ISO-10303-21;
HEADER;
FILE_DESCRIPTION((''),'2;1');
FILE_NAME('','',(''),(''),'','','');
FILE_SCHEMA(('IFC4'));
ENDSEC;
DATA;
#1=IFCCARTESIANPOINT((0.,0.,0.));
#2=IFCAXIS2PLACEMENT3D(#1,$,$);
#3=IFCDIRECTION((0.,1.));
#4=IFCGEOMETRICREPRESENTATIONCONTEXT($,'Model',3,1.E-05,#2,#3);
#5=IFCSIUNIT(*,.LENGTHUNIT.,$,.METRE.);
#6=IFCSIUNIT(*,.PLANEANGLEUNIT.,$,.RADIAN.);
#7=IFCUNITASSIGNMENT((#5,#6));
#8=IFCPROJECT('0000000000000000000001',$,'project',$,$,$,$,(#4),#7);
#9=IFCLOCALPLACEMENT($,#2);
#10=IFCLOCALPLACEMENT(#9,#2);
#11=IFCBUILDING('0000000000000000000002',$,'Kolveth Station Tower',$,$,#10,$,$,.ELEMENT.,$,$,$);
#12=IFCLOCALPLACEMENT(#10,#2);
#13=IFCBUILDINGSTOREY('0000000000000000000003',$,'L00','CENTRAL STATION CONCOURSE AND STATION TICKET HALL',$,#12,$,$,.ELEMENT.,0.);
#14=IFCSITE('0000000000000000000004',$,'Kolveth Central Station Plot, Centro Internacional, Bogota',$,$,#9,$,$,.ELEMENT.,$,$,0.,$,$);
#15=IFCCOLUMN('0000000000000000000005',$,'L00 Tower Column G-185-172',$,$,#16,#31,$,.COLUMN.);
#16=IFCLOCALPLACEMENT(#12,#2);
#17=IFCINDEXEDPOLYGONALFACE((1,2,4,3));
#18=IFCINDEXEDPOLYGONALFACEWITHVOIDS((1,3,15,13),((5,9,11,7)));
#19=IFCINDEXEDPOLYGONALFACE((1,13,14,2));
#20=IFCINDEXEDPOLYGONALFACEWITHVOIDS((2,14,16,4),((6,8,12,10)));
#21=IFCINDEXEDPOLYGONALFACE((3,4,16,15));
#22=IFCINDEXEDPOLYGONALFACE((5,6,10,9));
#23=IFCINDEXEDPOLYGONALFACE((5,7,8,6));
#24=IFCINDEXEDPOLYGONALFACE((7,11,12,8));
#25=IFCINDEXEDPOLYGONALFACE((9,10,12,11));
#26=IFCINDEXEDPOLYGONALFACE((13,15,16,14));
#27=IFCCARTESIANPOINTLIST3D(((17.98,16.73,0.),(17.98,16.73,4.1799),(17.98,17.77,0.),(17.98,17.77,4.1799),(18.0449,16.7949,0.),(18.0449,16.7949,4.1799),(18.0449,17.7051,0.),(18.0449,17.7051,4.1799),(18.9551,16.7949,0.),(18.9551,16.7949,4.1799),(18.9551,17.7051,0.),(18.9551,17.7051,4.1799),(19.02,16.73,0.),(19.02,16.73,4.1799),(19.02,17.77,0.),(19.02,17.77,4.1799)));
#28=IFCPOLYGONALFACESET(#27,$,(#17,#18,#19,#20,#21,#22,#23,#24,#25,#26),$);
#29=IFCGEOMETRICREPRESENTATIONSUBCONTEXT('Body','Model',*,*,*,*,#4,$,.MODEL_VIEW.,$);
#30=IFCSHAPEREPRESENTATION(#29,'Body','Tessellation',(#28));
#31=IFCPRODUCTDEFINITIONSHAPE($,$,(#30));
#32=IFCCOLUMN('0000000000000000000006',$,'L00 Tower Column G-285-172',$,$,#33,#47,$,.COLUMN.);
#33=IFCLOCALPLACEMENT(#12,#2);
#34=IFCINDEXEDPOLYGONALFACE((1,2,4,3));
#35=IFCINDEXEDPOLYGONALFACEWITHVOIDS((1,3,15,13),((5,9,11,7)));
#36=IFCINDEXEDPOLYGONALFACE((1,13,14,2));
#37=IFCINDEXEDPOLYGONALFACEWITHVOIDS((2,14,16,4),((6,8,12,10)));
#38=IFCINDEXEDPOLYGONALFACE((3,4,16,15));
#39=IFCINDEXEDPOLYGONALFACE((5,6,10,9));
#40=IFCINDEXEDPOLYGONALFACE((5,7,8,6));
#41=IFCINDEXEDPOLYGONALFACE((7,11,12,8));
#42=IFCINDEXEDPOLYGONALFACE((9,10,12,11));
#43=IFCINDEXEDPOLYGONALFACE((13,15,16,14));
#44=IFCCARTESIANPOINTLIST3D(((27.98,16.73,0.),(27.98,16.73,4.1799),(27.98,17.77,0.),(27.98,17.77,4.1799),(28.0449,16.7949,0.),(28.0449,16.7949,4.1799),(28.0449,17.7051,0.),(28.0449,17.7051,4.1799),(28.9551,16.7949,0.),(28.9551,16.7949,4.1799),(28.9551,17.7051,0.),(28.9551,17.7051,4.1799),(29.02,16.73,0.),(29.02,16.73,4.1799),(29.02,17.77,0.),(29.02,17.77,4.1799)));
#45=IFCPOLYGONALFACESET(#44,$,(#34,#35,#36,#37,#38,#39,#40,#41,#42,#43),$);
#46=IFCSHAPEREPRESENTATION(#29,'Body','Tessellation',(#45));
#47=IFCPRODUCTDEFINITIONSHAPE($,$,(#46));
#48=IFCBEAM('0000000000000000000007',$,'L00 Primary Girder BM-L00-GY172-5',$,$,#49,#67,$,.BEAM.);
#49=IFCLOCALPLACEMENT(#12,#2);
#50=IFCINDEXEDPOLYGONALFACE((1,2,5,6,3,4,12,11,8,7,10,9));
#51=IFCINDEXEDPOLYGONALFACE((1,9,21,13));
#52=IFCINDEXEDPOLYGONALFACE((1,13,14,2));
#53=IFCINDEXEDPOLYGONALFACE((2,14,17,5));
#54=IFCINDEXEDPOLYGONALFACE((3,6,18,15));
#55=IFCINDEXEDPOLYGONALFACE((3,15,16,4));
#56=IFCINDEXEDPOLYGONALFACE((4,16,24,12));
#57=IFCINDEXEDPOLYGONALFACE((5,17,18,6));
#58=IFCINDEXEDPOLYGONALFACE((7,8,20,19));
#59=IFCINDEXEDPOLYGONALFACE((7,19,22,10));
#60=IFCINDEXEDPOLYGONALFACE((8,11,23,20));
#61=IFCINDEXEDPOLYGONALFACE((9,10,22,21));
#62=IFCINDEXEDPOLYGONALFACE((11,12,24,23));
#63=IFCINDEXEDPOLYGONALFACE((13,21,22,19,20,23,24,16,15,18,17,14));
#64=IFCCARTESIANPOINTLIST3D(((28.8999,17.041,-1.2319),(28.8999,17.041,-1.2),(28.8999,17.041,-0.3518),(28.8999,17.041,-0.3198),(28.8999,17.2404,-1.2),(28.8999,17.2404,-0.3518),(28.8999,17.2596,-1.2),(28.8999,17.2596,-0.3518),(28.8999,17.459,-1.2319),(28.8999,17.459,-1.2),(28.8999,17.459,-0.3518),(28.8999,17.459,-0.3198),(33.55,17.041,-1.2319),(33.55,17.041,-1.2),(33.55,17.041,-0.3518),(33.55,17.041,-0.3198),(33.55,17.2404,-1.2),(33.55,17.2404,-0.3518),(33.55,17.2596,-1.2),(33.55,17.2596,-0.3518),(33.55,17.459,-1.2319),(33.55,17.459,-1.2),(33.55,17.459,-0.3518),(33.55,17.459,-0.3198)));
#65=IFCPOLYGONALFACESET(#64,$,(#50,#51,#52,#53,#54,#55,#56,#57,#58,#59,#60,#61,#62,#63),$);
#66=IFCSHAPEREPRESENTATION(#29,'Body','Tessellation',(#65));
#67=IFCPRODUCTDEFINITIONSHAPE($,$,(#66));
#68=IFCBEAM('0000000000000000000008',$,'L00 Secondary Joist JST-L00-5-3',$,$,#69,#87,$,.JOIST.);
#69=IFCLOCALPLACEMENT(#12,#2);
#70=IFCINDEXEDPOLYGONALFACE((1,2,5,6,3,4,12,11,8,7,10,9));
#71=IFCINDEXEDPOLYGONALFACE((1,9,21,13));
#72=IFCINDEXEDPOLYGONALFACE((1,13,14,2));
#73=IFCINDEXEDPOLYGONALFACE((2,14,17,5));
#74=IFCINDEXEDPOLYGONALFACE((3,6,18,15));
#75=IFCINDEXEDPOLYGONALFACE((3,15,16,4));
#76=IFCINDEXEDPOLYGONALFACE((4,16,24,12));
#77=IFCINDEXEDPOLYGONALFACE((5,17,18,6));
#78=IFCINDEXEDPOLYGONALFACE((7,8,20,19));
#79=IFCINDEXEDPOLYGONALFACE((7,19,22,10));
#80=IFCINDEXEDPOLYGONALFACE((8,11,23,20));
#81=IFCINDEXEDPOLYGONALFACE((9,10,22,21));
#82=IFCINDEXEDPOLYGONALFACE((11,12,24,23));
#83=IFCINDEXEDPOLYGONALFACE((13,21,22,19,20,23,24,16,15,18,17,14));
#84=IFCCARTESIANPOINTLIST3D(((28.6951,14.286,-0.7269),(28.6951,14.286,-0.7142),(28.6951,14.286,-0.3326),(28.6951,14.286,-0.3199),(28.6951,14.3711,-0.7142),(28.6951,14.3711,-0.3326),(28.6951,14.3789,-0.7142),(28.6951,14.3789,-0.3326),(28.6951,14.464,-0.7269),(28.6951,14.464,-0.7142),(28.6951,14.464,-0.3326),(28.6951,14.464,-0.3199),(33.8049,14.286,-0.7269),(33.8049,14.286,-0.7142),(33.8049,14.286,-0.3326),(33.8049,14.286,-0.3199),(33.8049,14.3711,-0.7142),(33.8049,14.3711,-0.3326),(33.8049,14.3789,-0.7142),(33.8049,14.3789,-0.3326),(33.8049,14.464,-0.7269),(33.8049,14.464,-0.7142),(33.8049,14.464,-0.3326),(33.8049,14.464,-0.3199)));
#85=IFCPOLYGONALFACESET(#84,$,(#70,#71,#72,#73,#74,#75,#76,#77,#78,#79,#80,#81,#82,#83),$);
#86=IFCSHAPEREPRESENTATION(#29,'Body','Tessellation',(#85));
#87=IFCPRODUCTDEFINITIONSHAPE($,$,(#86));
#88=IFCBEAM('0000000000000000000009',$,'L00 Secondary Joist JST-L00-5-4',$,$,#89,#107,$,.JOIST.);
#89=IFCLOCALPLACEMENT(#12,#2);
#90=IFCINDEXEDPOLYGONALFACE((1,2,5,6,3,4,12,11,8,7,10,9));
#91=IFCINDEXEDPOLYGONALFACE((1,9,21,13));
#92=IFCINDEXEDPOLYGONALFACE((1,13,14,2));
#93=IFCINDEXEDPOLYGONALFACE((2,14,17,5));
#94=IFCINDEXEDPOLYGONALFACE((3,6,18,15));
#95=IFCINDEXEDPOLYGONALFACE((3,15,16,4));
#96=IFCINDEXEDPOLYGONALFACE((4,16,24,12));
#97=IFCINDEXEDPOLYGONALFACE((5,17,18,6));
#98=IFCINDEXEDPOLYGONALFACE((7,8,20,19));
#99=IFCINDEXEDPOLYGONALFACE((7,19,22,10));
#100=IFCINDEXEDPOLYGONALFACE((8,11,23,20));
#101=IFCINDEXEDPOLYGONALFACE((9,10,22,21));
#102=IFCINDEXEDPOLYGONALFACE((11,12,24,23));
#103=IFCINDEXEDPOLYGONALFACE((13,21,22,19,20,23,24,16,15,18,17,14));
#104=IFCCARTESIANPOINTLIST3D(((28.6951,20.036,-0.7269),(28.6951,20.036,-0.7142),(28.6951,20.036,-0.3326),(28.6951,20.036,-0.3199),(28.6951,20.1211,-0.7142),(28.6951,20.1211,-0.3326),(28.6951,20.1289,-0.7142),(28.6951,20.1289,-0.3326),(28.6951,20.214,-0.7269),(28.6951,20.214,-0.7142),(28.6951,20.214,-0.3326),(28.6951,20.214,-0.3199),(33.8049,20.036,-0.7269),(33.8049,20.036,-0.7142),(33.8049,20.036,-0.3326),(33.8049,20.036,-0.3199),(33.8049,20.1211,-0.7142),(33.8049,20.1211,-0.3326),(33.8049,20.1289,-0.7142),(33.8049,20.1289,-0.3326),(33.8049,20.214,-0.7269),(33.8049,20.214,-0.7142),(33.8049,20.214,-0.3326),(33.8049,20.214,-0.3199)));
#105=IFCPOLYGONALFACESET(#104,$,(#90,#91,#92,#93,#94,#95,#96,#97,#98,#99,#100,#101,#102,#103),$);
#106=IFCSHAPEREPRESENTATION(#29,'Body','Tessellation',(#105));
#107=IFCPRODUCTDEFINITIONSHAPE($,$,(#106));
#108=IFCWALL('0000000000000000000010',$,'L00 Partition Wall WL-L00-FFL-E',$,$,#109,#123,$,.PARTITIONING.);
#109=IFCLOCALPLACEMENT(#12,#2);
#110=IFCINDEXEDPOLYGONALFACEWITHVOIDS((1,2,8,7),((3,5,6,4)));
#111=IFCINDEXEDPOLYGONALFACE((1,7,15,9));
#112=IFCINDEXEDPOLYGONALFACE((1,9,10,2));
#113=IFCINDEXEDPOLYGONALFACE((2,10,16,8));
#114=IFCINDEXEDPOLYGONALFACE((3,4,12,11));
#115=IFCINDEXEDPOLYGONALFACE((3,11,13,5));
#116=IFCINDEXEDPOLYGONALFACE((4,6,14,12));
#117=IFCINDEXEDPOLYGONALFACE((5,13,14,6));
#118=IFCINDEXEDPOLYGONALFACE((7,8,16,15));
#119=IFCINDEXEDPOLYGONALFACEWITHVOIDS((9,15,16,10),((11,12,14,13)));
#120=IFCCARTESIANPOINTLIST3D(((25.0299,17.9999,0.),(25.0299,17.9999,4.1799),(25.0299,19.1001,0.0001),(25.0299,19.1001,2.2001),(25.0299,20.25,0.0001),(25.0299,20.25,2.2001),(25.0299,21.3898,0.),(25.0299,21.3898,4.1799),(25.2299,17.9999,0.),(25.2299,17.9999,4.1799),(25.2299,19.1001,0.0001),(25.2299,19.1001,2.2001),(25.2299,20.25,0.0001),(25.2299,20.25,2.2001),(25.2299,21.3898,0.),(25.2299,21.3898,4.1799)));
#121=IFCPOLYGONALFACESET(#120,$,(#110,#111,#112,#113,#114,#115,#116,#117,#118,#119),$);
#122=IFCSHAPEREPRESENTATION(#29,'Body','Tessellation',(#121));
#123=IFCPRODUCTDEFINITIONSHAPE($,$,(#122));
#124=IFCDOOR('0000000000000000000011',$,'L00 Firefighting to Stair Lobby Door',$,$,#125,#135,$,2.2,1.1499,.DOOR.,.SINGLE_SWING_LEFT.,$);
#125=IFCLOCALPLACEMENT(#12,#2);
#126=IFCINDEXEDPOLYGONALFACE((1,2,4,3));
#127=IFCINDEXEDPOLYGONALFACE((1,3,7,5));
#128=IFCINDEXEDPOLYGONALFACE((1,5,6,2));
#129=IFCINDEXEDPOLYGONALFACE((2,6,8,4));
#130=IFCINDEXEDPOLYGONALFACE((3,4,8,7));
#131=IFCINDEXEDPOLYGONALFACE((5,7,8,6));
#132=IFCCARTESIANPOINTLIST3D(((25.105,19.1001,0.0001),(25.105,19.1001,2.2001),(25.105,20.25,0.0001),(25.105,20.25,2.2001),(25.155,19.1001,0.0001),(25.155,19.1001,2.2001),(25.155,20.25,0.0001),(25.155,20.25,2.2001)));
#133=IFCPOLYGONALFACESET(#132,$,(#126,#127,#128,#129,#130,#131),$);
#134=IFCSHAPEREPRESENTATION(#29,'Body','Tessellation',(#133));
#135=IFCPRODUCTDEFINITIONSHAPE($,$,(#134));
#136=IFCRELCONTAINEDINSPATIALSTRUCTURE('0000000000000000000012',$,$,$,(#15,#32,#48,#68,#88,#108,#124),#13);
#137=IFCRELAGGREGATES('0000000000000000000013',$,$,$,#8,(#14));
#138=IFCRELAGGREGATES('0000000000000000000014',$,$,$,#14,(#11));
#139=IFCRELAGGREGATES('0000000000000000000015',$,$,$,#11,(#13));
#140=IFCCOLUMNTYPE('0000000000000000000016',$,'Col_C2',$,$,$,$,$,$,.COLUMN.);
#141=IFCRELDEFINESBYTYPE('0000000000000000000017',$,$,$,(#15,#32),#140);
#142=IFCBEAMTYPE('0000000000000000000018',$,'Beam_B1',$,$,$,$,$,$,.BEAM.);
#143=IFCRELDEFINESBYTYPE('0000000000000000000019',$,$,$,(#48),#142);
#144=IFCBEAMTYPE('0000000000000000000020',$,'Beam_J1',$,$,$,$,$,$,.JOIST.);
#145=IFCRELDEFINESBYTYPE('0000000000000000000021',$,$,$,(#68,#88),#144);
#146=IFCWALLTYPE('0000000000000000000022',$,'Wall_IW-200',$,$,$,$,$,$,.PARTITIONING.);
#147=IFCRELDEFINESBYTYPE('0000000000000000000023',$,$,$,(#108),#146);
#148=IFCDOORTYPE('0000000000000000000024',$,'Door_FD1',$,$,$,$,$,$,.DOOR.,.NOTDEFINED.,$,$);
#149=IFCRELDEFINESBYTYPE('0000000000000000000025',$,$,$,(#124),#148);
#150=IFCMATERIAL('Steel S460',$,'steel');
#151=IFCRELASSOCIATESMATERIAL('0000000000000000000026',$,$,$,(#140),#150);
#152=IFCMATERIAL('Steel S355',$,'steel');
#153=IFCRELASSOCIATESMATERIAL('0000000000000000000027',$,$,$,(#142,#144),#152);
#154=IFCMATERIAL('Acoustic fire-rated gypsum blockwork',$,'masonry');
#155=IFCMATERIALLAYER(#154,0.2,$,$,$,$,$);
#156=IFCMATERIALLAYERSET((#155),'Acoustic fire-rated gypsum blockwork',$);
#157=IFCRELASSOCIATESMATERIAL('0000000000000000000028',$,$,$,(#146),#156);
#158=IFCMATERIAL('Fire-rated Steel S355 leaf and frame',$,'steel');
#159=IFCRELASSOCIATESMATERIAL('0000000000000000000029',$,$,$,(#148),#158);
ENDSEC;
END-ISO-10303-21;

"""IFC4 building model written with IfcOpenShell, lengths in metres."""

from ifc_helpers import new_model, si_unit, direction, frame, frame_2d, origin, origin_2d, place, context, subcontext, project, spatial, rectangle, hollow_rectangle, i_section, extrude, source, transform, mapped, material, layer, layer_set, material_profile, profile_set, type_object, element, fill, save


model = new_model("IFC4")

# Units and contexts
model_context = context("Model", 3, precision=1e-05, world=origin(), true_north=direction((0.0, 1.0)))
body_context = subcontext(model_context, "Body", "Model", "MODEL_VIEW")
ifc_project = project(units=[si_unit("LENGTHUNIT", "METRE"), si_unit("PLANEANGLEUNIT", "RADIAN")], contexts=[model_context])

# Site, building, storey
site_placement = place(None, origin())
site = spatial("IfcSite", under=ifc_project, at=site_placement, Name="Kolveth Central Station Plot, Centro Internacional, Bogota", CompositionType="ELEMENT", RefElevation=0.0)
building_placement = place(site_placement, origin())
building = spatial("IfcBuilding", under=site, at=building_placement, Name="Kolveth Station Tower", CompositionType="ELEMENT")
storey_placement = place(building_placement, origin())
storey = spatial("IfcBuildingStorey", under=building, at=storey_placement, Name="L00", Description="CENTRAL STATION CONCOURSE AND STATION TICKET HALL", CompositionType="ELEMENT", Elevation=0.0)

# Columns
ifc_material_1 = material(Name="Steel S460", Category="steel")
ifc_material_profile_1 = material_profile(ifc_material_1, hollow_rectangle(XDim=1.04, YDim=1.04, WallThickness=0.0649, at=origin_2d()), Name="BOX1040x1040x65")
ifc_profile_set_1 = profile_set([ifc_material_profile_1], Name="Steel S460")
column_type = type_object("IfcColumnType", Name="Col_C2", PredefinedType="COLUMN", material=ifc_profile_set_1)
shared_shape_1 = source(origin(), body_context, "Body", "SweptSolid", [
    extrude(hollow_rectangle(XDim=1.04, YDim=1.04, WallThickness=0.0649, at=origin_2d()), origin(), (0.0, 0.0, 1.0), 4.1799),
])
for number, where, z_axis, x_axis, name in (
    (1, (18.5, 17.25, 0.0), (0.0, 0.0, 1.0), (1.0, 0.0, 0.0), "L00 Tower Column G-185-172"),
    (2, (28.5, 17.25, 0.0), (0.0, 0.0, 1.0), (1.0, 0.0, 0.0), "L00 Tower Column G-285-172"),
):
    element("IfcColumn", number, at=place(storey_placement, frame(where, z_axis=z_axis, x_axis=x_axis)), inside=storey, type_object=column_type, Name=name, PredefinedType="COLUMN", context=body_context, shape_type="MappedRepresentation", body=[
        mapped(shared_shape_1, transform((0.0, 0.0, 0.0), x_axis=(1.0, 0.0, 0.0), y_axis=(0.0, 1.0, 0.0), z_axis=(0.0, 0.0, 1.0), scale=1.0)),
    ])

# Beams
ifc_material_2 = material(Name="Steel S355", Category="steel")
ifc_material_profile_2 = material_profile(ifc_material_2, i_section(OverallWidth=0.418, OverallDepth=0.9121, WebThickness=0.0193, FlangeThickness=0.032, at=origin_2d()), Name="W920x342")
ifc_profile_set_2 = profile_set([ifc_material_profile_2], Name="Steel S355")
beam_type_1 = type_object("IfcBeamType", Name="Beam_B1", PredefinedType="BEAM", material=ifc_profile_set_2)
shared_shape_2 = source(origin(), body_context, "Body", "SweptSolid", [
    extrude(i_section(OverallWidth=0.418, OverallDepth=0.9121, WebThickness=0.0193, FlangeThickness=0.032, at=origin_2d()), origin(), (0.0, 0.0, 1.0), 4.6501),
])
beam_placement = place(storey_placement, frame((28.8999, 17.25, -0.7759), z_axis=(1.0, 0.0, 0.0), x_axis=(0.0, 1.0, 0.0)))
element("IfcBeam", 3, at=beam_placement, inside=storey, type_object=beam_type_1, Name="L00 Primary Girder BM-L00-GY172-5", PredefinedType="BEAM", context=body_context, shape_type="MappedRepresentation", body=[
    mapped(shared_shape_2, transform((0.0, 0.0, 0.0), x_axis=(1.0, 0.0, 0.0), y_axis=(0.0, 1.0, 0.0), z_axis=(0.0, 0.0, 1.0), scale=1.0)),
])
ifc_material_profile_3 = material_profile(ifc_material_2, i_section(OverallWidth=0.178, OverallDepth=0.407, WebThickness=0.0078, FlangeThickness=0.0127, at=origin_2d()), Name="W410x60")
ifc_profile_set_3 = profile_set([ifc_material_profile_3], Name="Steel S355")
beam_type_2 = type_object("IfcBeamType", Name="Beam_J1", PredefinedType="JOIST", material=ifc_profile_set_3)
shared_shape_3 = source(origin(), body_context, "Body", "SweptSolid", [
    extrude(i_section(OverallWidth=0.178, OverallDepth=0.407, WebThickness=0.0078, FlangeThickness=0.0127, at=origin_2d()), origin(), (0.0, 0.0, 1.0), 5.1099),
])
for number, where, z_axis, x_axis, name in (
    (4, (28.6951, 14.375, -0.5234), (1.0, 0.0, 0.0), (0.0, 1.0, 0.0), "L00 Secondary Joist JST-L00-5-3"),
    (5, (28.6951, 20.125, -0.5234), (1.0, 0.0, 0.0), (0.0, 1.0, 0.0), "L00 Secondary Joist JST-L00-5-4"),
):
    element("IfcBeam", number, at=place(storey_placement, frame(where, z_axis=z_axis, x_axis=x_axis)), inside=storey, type_object=beam_type_2, Name=name, PredefinedType="JOIST", context=body_context, shape_type="MappedRepresentation", body=[
        mapped(shared_shape_3, transform((0.0, 0.0, 0.0), x_axis=(1.0, 0.0, 0.0), y_axis=(0.0, 1.0, 0.0), z_axis=(0.0, 0.0, 1.0), scale=1.0)),
    ])

# Wall, opening, door
ifc_material_3 = material(Name="Acoustic fire-rated gypsum blockwork", Category="masonry")
ifc_layer_1 = layer(ifc_material_3, 0.2)
ifc_layer_set_1 = layer_set([ifc_layer_1], Name="Acoustic fire-rated gypsum blockwork")
wall_type_1 = type_object("IfcWallType", Name="Wall_IW-200", PredefinedType="PARTITIONING", material=ifc_layer_set_1)
wall_1_placement = place(storey_placement, frame((25.1299, 18.0, 0.0), z_axis=(0.0, 0.0, 1.0), x_axis=(0.0, 1.0, 0.0)))
wall_1 = element("IfcWall", 6, at=wall_1_placement, inside=storey, type_object=wall_type_1, Name="L00 Partition Wall WL-L00-FFL-E", PredefinedType="PARTITIONING", context=body_context, shape_type="SweptSolid", body=[
    extrude(rectangle(XDim=3.3899, YDim=0.2, at=frame_2d((1.6948, 0.0))), origin(), (0.0, 0.0, 1.0), 4.1799),
])
opening_1_placement = place(wall_1_placement, frame((1.1001, 0.0, 0.0)))
opening_1 = element("IfcOpeningElement", 7, at=opening_1_placement, cuts=wall_1, PredefinedType="OPENING", context=body_context, shape_type="SweptSolid", body=[
    extrude(rectangle(XDim=1.1499, YDim=2.2, at=frame_2d((0.575, 1.1001))), frame((0.0, 0.1099, 0.0), z_axis=(0.0, -1.0, 0.0), x_axis=(1.0, 0.0, 0.0)), (0.0, 0.0, 1.0), 0.22),
])
ifc_material_4 = material(Name="Fire-rated Steel S355 leaf and frame", Category="steel")
door_type_1 = type_object("IfcDoorType", Name="Door_FD1", OperationType="NOTDEFINED", PredefinedType="DOOR", material=ifc_material_4)
door_1_placement = place(opening_1_placement, origin())
door_1 = element("IfcDoor", 8, at=door_1_placement, inside=storey, type_object=door_type_1, Name="L00 Firefighting to Stair Lobby Door", OperationType="SINGLE_SWING_LEFT", OverallHeight=2.2, OverallWidth=1.1499, PredefinedType="DOOR", context=body_context, shape_type="SweptSolid", body=[
    extrude(rectangle(XDim=1.1499, YDim=2.2, at=frame_2d((0.575, 1.1001))), frame((0.0, 0.0249, 0.0), z_axis=(0.0, -1.0, 0.0), x_axis=(1.0, 0.0, 0.0)), (0.0, 0.0, 1.0), 0.05),
])
fill(opening_1, door_1)

save(model, "model.ifc")
